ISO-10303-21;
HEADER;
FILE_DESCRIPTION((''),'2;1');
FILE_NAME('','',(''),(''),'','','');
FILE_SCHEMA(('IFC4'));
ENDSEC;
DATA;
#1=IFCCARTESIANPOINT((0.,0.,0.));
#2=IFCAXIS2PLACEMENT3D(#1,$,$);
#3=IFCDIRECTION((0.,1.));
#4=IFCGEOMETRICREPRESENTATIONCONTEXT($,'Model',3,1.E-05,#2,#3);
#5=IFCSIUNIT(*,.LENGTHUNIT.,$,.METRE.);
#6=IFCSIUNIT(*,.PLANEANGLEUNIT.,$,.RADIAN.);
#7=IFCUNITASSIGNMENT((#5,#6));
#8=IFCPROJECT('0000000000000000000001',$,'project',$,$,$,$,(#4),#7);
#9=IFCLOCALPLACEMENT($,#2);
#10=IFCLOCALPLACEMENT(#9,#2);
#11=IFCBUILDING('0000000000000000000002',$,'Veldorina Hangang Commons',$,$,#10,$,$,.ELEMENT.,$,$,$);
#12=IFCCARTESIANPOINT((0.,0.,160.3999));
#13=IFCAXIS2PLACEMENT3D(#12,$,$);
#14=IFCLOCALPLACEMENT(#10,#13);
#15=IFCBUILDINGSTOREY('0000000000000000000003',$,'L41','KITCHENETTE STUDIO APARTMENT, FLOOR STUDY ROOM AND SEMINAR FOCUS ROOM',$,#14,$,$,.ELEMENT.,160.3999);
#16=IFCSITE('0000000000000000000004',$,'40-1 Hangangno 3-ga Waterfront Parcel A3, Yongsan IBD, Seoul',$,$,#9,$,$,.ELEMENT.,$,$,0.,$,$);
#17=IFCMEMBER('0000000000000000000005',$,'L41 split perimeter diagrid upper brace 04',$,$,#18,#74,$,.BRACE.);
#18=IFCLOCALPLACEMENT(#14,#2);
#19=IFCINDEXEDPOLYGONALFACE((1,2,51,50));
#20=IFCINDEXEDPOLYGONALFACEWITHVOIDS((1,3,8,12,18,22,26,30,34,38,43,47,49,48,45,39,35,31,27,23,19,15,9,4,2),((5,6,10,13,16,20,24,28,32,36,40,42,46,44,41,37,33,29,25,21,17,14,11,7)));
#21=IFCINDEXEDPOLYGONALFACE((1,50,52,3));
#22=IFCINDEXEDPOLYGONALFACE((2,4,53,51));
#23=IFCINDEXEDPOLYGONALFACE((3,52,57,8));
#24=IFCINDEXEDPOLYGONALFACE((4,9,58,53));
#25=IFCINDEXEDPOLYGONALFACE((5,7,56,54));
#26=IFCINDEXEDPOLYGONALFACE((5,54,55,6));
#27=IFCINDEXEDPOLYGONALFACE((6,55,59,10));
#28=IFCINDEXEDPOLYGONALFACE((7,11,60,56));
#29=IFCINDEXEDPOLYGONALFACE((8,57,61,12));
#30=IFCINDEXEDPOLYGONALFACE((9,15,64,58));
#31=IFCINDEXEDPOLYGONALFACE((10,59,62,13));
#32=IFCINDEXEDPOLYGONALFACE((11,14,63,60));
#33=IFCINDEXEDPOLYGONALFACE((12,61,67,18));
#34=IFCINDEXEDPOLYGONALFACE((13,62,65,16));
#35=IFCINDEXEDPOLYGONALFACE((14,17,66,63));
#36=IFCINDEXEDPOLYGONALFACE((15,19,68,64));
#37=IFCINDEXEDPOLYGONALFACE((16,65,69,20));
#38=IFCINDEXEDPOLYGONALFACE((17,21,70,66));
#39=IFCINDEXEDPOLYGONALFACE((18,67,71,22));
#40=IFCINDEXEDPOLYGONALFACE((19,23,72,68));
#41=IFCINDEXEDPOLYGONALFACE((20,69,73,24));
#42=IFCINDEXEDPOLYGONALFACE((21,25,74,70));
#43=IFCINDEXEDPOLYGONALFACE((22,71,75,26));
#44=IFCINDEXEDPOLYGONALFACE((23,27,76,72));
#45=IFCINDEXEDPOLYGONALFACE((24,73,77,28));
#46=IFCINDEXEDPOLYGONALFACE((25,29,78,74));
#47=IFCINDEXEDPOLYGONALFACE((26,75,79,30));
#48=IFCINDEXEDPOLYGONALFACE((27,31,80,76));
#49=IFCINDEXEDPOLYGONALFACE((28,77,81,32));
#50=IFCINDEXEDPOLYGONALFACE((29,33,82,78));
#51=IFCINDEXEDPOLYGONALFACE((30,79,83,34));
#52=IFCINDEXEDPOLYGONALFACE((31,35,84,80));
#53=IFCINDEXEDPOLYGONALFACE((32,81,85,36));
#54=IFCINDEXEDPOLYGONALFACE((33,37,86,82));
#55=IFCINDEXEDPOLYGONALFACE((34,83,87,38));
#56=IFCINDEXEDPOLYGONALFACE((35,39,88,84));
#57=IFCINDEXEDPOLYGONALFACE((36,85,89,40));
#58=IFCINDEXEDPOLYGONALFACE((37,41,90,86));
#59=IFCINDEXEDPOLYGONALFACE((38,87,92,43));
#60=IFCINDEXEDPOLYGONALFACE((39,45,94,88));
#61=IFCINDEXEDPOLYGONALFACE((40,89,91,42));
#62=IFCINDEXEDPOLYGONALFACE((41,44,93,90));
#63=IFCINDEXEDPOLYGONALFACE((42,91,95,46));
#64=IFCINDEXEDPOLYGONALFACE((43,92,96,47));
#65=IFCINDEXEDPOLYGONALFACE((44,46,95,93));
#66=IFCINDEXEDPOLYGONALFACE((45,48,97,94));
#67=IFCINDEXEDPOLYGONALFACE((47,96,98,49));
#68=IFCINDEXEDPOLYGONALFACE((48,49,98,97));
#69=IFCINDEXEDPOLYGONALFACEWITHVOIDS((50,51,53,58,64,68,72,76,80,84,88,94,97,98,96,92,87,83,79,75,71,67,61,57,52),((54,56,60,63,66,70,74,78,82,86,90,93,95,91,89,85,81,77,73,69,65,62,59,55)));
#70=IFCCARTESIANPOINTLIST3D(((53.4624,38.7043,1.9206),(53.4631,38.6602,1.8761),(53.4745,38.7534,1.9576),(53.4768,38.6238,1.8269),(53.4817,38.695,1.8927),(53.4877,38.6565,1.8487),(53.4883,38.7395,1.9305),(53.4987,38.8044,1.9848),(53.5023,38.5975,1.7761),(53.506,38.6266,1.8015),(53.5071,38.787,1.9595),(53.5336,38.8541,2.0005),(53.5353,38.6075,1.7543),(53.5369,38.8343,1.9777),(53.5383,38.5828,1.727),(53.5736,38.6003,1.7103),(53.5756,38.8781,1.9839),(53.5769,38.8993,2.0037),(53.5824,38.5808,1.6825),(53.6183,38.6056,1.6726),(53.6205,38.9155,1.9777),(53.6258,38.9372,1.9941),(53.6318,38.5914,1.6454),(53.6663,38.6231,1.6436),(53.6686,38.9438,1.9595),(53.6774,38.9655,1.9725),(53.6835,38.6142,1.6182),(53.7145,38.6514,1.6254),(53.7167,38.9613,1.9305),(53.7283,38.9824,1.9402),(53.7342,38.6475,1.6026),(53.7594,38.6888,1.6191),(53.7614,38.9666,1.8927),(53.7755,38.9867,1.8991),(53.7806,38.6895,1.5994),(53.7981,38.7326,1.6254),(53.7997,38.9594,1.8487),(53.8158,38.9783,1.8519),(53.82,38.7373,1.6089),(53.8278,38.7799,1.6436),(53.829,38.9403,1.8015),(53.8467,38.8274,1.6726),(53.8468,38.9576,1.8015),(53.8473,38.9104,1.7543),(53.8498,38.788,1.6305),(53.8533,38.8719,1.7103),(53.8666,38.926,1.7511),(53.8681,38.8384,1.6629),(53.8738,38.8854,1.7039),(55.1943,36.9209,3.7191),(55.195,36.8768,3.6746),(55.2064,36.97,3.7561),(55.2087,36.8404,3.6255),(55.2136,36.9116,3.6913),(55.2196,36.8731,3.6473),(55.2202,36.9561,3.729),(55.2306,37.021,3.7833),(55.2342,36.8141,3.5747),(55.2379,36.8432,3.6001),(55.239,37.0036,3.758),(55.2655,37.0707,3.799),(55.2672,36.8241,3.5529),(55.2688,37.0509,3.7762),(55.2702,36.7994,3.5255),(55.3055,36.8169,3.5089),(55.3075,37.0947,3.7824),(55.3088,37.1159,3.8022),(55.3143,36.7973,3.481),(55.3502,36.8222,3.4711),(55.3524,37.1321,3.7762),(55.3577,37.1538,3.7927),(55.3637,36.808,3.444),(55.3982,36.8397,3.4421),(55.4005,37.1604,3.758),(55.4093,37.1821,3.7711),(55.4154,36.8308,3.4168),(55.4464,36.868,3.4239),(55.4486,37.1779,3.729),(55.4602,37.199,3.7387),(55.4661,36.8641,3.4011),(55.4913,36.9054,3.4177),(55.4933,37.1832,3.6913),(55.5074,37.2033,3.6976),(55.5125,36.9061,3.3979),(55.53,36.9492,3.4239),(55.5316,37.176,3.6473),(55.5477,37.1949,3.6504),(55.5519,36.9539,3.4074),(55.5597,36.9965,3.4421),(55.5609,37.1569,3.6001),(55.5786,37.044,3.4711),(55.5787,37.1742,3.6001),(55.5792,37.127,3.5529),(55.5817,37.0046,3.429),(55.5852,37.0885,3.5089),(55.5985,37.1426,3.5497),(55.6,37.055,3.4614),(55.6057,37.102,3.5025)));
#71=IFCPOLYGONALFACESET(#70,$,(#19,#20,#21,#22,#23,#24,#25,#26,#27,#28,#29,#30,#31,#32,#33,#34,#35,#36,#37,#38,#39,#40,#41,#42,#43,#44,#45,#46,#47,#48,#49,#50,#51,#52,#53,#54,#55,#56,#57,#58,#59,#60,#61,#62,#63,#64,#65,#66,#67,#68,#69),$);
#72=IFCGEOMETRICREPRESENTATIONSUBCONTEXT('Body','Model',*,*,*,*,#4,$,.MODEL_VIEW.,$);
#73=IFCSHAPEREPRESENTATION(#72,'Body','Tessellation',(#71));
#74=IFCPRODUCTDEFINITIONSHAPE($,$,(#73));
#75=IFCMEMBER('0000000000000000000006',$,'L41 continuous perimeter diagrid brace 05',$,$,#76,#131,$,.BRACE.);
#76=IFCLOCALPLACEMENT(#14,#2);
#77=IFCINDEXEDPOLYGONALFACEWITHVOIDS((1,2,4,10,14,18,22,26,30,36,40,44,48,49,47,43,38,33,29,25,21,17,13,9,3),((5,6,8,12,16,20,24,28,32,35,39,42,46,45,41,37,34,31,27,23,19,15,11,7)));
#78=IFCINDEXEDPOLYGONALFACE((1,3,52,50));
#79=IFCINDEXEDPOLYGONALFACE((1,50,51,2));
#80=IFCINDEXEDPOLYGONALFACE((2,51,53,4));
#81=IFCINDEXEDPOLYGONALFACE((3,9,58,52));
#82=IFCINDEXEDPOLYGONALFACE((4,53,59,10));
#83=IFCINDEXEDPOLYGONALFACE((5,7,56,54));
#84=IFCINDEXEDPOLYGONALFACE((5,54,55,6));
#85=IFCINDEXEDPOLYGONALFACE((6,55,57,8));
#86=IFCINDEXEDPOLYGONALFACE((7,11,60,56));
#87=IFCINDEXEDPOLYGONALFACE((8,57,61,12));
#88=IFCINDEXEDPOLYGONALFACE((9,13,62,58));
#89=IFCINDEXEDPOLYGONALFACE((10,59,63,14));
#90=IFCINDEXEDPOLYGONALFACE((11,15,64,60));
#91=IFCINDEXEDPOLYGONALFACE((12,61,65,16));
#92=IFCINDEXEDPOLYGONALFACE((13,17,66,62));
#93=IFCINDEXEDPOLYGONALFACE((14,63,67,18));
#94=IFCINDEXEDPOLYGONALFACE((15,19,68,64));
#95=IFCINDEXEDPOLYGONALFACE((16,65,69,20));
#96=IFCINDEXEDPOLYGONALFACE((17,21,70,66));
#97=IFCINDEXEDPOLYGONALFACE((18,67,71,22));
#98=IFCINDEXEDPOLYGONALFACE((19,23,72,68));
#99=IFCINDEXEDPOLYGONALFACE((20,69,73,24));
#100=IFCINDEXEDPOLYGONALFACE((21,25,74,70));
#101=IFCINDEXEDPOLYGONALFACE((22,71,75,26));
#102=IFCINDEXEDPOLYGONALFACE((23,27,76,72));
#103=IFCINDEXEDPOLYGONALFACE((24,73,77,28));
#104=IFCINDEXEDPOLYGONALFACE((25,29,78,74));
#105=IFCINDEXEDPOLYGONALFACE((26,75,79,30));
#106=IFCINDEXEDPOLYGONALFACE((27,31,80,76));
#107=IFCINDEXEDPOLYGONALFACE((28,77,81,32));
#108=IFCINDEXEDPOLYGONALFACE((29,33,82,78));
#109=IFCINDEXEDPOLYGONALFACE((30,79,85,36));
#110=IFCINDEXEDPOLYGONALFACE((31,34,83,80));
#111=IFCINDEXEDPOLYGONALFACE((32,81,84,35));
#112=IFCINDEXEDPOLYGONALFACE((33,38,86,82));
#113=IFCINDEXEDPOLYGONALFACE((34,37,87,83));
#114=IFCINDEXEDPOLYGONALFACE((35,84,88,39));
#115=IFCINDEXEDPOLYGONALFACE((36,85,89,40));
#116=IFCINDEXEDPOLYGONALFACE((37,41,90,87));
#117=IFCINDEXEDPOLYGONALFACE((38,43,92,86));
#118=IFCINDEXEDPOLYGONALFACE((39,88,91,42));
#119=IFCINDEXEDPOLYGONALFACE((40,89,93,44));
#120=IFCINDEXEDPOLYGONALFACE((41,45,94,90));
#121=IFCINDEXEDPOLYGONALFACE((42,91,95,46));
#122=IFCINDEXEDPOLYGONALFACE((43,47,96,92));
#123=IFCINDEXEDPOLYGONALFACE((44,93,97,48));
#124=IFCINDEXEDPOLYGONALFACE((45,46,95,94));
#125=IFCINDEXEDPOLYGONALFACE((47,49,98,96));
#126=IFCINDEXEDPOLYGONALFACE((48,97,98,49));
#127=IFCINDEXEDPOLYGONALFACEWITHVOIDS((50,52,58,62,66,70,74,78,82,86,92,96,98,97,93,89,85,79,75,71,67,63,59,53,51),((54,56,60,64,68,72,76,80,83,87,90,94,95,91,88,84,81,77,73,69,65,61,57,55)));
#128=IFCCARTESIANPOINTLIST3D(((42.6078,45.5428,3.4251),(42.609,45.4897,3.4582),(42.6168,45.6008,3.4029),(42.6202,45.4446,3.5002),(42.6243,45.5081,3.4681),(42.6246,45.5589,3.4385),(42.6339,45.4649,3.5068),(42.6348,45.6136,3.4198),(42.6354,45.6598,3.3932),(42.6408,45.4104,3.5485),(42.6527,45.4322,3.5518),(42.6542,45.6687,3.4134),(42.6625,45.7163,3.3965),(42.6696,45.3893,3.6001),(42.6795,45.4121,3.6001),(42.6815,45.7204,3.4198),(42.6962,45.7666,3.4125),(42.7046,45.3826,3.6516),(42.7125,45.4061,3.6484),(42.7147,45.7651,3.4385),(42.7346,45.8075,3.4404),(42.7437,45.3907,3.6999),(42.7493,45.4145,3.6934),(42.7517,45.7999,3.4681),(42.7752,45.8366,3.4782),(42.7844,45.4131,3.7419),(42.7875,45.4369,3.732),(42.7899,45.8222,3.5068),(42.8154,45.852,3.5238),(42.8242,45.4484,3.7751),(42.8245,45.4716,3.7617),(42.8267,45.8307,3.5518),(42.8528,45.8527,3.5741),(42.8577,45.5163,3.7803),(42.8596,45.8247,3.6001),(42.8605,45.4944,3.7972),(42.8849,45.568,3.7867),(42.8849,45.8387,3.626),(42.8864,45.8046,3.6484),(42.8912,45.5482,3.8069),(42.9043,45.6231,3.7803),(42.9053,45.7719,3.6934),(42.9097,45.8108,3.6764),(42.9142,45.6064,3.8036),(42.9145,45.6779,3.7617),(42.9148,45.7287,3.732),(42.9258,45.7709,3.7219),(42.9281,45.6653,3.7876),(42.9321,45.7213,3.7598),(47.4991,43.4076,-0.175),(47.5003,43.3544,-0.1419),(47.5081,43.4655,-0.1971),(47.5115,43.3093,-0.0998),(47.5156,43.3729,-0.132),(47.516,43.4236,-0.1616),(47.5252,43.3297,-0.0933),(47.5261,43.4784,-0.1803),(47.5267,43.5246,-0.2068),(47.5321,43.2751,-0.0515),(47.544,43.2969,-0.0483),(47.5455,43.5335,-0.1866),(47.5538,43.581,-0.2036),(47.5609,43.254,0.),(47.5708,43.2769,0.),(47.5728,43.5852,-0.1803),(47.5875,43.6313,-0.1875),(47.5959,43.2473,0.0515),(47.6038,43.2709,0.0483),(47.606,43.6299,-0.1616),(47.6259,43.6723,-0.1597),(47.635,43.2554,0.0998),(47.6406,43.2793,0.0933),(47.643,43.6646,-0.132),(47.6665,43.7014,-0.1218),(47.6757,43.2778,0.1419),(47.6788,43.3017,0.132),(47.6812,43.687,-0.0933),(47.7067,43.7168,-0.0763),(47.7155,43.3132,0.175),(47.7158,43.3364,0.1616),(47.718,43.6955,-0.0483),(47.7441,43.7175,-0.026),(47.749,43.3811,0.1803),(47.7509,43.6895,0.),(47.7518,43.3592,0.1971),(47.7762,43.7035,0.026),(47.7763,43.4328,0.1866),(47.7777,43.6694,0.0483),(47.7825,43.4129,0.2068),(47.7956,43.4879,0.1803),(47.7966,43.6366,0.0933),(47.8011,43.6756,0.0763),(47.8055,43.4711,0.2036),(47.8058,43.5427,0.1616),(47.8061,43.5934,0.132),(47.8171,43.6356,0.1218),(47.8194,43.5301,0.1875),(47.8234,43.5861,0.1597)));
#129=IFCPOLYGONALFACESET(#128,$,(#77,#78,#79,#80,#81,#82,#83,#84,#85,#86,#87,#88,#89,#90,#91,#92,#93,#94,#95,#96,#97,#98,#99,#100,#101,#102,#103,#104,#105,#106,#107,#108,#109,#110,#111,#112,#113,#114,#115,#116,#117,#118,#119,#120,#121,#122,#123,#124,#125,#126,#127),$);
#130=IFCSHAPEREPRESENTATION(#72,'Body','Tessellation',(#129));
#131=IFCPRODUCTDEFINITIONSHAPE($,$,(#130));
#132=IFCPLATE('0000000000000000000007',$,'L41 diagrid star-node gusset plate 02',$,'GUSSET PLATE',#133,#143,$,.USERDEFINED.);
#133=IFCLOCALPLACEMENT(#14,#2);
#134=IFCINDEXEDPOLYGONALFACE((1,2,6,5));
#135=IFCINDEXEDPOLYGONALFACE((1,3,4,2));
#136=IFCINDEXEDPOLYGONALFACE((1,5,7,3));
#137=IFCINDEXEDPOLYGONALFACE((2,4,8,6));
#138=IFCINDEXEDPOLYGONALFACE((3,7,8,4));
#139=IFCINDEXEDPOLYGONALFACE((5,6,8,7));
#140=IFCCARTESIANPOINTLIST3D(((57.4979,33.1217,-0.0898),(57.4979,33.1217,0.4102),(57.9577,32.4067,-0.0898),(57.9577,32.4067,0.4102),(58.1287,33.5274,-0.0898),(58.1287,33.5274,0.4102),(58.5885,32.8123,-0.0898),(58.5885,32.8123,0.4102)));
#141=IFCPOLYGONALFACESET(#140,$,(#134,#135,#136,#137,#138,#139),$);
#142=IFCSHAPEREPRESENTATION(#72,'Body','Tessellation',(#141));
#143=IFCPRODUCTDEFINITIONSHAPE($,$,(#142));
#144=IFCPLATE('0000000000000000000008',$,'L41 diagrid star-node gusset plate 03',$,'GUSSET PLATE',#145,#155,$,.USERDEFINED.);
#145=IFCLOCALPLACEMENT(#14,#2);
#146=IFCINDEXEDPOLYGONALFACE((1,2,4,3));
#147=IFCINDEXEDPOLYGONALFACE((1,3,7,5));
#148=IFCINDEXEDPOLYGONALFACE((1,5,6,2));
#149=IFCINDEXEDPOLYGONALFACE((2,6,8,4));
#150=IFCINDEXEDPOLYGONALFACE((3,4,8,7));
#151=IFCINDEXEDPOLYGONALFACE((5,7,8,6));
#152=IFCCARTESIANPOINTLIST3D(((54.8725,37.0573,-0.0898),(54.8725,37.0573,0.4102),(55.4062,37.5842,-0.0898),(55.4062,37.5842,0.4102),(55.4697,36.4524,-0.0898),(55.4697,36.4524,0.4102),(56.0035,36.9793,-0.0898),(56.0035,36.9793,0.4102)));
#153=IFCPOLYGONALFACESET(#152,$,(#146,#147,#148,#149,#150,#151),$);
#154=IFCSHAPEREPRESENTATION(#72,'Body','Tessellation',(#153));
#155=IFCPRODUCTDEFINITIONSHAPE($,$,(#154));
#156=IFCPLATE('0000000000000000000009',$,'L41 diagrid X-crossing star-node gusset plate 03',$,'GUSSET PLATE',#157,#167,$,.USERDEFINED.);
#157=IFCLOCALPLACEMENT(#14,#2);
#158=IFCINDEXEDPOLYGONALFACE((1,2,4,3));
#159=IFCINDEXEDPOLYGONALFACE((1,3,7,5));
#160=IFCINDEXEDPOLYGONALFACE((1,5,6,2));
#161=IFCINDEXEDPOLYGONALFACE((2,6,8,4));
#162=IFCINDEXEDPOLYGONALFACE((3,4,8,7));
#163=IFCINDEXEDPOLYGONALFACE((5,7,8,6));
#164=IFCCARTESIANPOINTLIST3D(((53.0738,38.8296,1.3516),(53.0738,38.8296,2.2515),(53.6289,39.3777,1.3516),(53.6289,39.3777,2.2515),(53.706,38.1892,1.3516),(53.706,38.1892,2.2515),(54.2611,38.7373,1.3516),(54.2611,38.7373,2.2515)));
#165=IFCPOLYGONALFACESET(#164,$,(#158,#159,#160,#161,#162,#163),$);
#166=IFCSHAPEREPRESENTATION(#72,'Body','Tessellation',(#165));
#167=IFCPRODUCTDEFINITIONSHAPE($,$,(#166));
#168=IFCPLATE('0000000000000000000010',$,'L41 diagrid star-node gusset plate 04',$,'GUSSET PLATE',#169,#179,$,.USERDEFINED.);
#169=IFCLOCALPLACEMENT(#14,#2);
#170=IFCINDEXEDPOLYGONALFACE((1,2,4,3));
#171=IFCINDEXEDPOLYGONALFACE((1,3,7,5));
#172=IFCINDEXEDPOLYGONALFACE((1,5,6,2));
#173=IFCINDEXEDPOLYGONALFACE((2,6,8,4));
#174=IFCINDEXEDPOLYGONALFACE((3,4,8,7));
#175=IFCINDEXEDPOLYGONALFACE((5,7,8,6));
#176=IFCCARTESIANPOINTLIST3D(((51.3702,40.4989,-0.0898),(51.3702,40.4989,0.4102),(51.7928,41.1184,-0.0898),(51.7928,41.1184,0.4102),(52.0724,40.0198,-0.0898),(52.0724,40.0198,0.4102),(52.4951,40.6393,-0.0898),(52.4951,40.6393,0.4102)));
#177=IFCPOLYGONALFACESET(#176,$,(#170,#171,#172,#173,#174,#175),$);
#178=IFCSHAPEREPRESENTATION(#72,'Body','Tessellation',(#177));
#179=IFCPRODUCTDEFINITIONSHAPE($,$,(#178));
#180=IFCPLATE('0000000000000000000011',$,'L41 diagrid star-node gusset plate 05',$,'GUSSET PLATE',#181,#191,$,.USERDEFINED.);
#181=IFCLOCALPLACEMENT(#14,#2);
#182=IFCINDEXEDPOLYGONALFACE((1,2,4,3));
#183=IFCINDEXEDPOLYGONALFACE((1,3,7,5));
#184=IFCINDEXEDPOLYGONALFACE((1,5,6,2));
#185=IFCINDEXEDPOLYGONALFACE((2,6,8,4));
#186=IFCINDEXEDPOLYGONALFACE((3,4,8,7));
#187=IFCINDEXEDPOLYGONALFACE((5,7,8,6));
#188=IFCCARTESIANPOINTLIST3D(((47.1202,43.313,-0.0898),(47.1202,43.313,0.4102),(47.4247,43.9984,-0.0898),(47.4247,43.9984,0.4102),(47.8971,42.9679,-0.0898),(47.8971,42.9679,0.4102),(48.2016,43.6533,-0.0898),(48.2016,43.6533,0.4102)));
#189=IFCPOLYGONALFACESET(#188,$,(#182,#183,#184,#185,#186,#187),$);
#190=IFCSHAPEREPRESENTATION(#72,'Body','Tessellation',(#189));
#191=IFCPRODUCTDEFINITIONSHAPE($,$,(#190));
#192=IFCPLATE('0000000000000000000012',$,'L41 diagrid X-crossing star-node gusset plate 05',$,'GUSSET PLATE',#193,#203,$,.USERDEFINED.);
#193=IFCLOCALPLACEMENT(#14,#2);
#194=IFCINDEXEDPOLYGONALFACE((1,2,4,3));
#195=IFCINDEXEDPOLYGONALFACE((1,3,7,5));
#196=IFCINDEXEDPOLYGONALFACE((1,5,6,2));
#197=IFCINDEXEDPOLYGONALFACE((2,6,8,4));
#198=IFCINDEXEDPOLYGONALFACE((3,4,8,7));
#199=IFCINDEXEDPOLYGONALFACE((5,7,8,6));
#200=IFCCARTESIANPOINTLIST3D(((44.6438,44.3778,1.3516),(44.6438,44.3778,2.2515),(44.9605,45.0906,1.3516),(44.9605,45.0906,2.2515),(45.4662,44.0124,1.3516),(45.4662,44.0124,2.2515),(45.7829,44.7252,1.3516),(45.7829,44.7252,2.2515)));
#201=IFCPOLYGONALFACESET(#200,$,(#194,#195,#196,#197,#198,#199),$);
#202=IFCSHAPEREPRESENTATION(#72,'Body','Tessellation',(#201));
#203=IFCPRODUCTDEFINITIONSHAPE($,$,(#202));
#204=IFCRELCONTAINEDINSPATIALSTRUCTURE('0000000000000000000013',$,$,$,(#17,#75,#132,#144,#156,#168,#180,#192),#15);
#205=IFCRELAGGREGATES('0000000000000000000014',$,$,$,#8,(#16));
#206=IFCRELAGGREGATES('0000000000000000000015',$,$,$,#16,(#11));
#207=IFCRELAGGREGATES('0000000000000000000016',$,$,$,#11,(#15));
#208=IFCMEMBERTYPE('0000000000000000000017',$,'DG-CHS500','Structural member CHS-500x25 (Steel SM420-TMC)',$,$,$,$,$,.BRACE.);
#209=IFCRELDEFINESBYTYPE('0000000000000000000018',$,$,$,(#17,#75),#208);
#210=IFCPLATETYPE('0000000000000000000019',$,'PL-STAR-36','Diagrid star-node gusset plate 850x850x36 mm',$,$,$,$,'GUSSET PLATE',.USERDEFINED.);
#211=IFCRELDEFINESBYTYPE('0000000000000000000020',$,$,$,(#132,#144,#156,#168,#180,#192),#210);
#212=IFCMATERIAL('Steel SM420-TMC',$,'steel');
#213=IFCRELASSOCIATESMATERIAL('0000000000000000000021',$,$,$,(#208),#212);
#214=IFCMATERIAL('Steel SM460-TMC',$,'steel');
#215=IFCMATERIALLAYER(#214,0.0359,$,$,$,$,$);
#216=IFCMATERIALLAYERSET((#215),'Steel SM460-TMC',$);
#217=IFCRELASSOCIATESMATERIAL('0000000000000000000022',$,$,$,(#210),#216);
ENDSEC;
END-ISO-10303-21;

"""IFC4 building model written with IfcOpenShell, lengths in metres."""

from ifc_helpers import new_model, si_unit, direction, frame, origin, origin_2d, place, context, subcontext, project, spatial, rectangle, hollow_circle, extrude, material, layer, layer_set, material_profile, profile_set, type_object, element, save


model = new_model("IFC4")

# Units and contexts
model_context = context("Model", 3, precision=1e-05, world=origin(), true_north=direction((0.0, 1.0)))
body_context = subcontext(model_context, "Body", "Model", "MODEL_VIEW")
ifc_project = project(units=[si_unit("LENGTHUNIT", "METRE"), si_unit("PLANEANGLEUNIT", "RADIAN")], contexts=[model_context])

# Site, building, storey
site_placement = place(None, origin())
site = spatial("IfcSite", under=ifc_project, at=site_placement, Name="40-1 Hangangno 3-ga Waterfront Parcel A3, Yongsan IBD, Seoul", CompositionType="ELEMENT", RefElevation=0.0)
building_placement = place(site_placement, origin())
building = spatial("IfcBuilding", under=site, at=building_placement, Name="Veldorina Hangang Commons", CompositionType="ELEMENT")
storey_placement = place(building_placement, frame((0.0, 0.0, 160.3999)))
storey = spatial("IfcBuildingStorey", under=building, at=storey_placement, Name="L41", Description="KITCHENETTE STUDIO APARTMENT, FLOOR STUDY ROOM AND SEMINAR FOCUS ROOM", CompositionType="ELEMENT", Elevation=160.3999)

# Shared definitions
ifc_material_1 = material(Name="Steel SM420-TMC", Category="steel")

# Members
ifc_material_profile_1 = material_profile(ifc_material_1, hollow_circle(Radius=0.25, WallThickness=0.0249, at=origin_2d()), Name="CHS-500x25")
ifc_profile_set_1 = profile_set([ifc_material_profile_1], Name="Steel SM420-TMC")
member_type = type_object("IfcMemberType", Name="DG-CHS500", Description="Structural member CHS-500x25 (Steel SM420-TMC)", PredefinedType="BRACE", material=ifc_profile_set_1)
member_1_placement = place(storey_placement, frame((53.6675, 38.7834, 1.8015), z_axis=(0.564439, -0.581227, 0.58616), x_axis=(0.717392, 0.69667, 0.0)))
element("IfcMember", 1, at=member_1_placement, inside=storey, type_object=member_type, Name="L41 split perimeter diagrid upper brace 04", PredefinedType="BRACE", context=body_context, shape_type="SweptSolid", body=[
    extrude(hollow_circle(Radius=0.25, WallThickness=0.0249, at=origin_2d()), origin(), (0.0, 0.0, 1.0), 3.0684),
])
member_2_placement = place(storey_placement, frame((47.6609, 43.4832, 0.0), z_axis=(-0.759786, 0.331674, 0.559212), x_axis=(-0.400077, -0.916481, 0.0)))
element("IfcMember", 2, at=member_2_placement, inside=storey, type_object=member_type, Name="L41 continuous perimeter diagrid brace 05", PredefinedType="BRACE", context=body_context, shape_type="SweptSolid", body=[
    extrude(hollow_circle(Radius=0.25, WallThickness=0.0249, at=origin_2d()), origin(), (0.0, 0.0, 1.0), 6.4377),
])

# Plates
ifc_material_2 = material(Name="Steel SM460-TMC", Category="steel")
ifc_layer_1 = layer(ifc_material_2, 0.0359)
ifc_layer_set_1 = layer_set([ifc_layer_1], Name="Steel SM460-TMC")
plate_type = type_object("IfcPlateType", Name="PL-STAR-36", Description="Diagrid star-node gusset plate 850x850x36 mm", ElementType="GUSSET PLATE", PredefinedType="USERDEFINED", material=ifc_layer_set_1)
for number, where, z_axis, x_axis, name in (
    (3, (58.0432, 32.967, -0.0898), (0.0, 0.0, 1.0), (-0.540857, 0.841115, 0.0), "L41 diagrid star-node gusset plate 02"),
    (4, (55.438, 37.0183, -0.0898), (0.0, 0.0, 1.0), (-0.702551, 0.711634, 0.0), "L41 diagrid star-node gusset plate 03"),
):
    element("IfcPlate", number, at=place(storey_placement, frame(where, z_axis=z_axis, x_axis=x_axis)), inside=storey, type_object=plate_type, Name=name, ObjectType="GUSSET PLATE", PredefinedType="USERDEFINED", context=body_context, shape_type="SweptSolid", body=[
        extrude(rectangle(XDim=0.8501, YDim=0.75, at=origin_2d()), origin(), (0.0, 0.0, 1.0), 0.5),
    ])
plate_1_placement = place(storey_placement, frame((53.6675, 38.7834, 1.3516), z_axis=(0.0, 0.0, 1.0), x_axis=(-0.702551, 0.711634, 0.0)))
element("IfcPlate", 5, at=plate_1_placement, inside=storey, type_object=plate_type, Name="L41 diagrid X-crossing star-node gusset plate 03", ObjectType="GUSSET PLATE", PredefinedType="USERDEFINED", context=body_context, shape_type="SweptSolid", body=[
    extrude(rectangle(XDim=0.8999, YDim=0.78, at=origin_2d()), origin(), (0.0, 0.0, 1.0), 0.8999),
])
for number, where, z_axis, x_axis, name in (
    (6, (51.9326, 40.5691, -0.0898), (0.0, 0.0, 1.0), (-0.826079, 0.563555, 0.0), "L41 diagrid star-node gusset plate 04"),
    (7, (47.6609, 43.4832, -0.0898), (0.0, 0.0, 1.0), (-0.913858, 0.406035, 0.0), "L41 diagrid star-node gusset plate 05"),
):
    element("IfcPlate", number, at=place(storey_placement, frame(where, z_axis=z_axis, x_axis=x_axis)), inside=storey, type_object=plate_type, Name=name, ObjectType="GUSSET PLATE", PredefinedType="USERDEFINED", context=body_context, shape_type="SweptSolid", body=[
        extrude(rectangle(XDim=0.8501, YDim=0.75, at=origin_2d()), origin(), (0.0, 0.0, 1.0), 0.5),
    ])
plate_2_placement = place(storey_placement, frame((45.2134, 44.5515, 1.3516), z_axis=(0.0, 0.0, 1.0), x_axis=(-0.913858, 0.406035, 0.0)))
element("IfcPlate", 8, at=plate_2_placement, inside=storey, type_object=plate_type, Name="L41 diagrid X-crossing star-node gusset plate 05", ObjectType="GUSSET PLATE", PredefinedType="USERDEFINED", context=body_context, shape_type="SweptSolid", body=[
    extrude(rectangle(XDim=0.8999, YDim=0.78, at=origin_2d()), origin(), (0.0, 0.0, 1.0), 0.8999),
])

save(model, "model.ifc")
